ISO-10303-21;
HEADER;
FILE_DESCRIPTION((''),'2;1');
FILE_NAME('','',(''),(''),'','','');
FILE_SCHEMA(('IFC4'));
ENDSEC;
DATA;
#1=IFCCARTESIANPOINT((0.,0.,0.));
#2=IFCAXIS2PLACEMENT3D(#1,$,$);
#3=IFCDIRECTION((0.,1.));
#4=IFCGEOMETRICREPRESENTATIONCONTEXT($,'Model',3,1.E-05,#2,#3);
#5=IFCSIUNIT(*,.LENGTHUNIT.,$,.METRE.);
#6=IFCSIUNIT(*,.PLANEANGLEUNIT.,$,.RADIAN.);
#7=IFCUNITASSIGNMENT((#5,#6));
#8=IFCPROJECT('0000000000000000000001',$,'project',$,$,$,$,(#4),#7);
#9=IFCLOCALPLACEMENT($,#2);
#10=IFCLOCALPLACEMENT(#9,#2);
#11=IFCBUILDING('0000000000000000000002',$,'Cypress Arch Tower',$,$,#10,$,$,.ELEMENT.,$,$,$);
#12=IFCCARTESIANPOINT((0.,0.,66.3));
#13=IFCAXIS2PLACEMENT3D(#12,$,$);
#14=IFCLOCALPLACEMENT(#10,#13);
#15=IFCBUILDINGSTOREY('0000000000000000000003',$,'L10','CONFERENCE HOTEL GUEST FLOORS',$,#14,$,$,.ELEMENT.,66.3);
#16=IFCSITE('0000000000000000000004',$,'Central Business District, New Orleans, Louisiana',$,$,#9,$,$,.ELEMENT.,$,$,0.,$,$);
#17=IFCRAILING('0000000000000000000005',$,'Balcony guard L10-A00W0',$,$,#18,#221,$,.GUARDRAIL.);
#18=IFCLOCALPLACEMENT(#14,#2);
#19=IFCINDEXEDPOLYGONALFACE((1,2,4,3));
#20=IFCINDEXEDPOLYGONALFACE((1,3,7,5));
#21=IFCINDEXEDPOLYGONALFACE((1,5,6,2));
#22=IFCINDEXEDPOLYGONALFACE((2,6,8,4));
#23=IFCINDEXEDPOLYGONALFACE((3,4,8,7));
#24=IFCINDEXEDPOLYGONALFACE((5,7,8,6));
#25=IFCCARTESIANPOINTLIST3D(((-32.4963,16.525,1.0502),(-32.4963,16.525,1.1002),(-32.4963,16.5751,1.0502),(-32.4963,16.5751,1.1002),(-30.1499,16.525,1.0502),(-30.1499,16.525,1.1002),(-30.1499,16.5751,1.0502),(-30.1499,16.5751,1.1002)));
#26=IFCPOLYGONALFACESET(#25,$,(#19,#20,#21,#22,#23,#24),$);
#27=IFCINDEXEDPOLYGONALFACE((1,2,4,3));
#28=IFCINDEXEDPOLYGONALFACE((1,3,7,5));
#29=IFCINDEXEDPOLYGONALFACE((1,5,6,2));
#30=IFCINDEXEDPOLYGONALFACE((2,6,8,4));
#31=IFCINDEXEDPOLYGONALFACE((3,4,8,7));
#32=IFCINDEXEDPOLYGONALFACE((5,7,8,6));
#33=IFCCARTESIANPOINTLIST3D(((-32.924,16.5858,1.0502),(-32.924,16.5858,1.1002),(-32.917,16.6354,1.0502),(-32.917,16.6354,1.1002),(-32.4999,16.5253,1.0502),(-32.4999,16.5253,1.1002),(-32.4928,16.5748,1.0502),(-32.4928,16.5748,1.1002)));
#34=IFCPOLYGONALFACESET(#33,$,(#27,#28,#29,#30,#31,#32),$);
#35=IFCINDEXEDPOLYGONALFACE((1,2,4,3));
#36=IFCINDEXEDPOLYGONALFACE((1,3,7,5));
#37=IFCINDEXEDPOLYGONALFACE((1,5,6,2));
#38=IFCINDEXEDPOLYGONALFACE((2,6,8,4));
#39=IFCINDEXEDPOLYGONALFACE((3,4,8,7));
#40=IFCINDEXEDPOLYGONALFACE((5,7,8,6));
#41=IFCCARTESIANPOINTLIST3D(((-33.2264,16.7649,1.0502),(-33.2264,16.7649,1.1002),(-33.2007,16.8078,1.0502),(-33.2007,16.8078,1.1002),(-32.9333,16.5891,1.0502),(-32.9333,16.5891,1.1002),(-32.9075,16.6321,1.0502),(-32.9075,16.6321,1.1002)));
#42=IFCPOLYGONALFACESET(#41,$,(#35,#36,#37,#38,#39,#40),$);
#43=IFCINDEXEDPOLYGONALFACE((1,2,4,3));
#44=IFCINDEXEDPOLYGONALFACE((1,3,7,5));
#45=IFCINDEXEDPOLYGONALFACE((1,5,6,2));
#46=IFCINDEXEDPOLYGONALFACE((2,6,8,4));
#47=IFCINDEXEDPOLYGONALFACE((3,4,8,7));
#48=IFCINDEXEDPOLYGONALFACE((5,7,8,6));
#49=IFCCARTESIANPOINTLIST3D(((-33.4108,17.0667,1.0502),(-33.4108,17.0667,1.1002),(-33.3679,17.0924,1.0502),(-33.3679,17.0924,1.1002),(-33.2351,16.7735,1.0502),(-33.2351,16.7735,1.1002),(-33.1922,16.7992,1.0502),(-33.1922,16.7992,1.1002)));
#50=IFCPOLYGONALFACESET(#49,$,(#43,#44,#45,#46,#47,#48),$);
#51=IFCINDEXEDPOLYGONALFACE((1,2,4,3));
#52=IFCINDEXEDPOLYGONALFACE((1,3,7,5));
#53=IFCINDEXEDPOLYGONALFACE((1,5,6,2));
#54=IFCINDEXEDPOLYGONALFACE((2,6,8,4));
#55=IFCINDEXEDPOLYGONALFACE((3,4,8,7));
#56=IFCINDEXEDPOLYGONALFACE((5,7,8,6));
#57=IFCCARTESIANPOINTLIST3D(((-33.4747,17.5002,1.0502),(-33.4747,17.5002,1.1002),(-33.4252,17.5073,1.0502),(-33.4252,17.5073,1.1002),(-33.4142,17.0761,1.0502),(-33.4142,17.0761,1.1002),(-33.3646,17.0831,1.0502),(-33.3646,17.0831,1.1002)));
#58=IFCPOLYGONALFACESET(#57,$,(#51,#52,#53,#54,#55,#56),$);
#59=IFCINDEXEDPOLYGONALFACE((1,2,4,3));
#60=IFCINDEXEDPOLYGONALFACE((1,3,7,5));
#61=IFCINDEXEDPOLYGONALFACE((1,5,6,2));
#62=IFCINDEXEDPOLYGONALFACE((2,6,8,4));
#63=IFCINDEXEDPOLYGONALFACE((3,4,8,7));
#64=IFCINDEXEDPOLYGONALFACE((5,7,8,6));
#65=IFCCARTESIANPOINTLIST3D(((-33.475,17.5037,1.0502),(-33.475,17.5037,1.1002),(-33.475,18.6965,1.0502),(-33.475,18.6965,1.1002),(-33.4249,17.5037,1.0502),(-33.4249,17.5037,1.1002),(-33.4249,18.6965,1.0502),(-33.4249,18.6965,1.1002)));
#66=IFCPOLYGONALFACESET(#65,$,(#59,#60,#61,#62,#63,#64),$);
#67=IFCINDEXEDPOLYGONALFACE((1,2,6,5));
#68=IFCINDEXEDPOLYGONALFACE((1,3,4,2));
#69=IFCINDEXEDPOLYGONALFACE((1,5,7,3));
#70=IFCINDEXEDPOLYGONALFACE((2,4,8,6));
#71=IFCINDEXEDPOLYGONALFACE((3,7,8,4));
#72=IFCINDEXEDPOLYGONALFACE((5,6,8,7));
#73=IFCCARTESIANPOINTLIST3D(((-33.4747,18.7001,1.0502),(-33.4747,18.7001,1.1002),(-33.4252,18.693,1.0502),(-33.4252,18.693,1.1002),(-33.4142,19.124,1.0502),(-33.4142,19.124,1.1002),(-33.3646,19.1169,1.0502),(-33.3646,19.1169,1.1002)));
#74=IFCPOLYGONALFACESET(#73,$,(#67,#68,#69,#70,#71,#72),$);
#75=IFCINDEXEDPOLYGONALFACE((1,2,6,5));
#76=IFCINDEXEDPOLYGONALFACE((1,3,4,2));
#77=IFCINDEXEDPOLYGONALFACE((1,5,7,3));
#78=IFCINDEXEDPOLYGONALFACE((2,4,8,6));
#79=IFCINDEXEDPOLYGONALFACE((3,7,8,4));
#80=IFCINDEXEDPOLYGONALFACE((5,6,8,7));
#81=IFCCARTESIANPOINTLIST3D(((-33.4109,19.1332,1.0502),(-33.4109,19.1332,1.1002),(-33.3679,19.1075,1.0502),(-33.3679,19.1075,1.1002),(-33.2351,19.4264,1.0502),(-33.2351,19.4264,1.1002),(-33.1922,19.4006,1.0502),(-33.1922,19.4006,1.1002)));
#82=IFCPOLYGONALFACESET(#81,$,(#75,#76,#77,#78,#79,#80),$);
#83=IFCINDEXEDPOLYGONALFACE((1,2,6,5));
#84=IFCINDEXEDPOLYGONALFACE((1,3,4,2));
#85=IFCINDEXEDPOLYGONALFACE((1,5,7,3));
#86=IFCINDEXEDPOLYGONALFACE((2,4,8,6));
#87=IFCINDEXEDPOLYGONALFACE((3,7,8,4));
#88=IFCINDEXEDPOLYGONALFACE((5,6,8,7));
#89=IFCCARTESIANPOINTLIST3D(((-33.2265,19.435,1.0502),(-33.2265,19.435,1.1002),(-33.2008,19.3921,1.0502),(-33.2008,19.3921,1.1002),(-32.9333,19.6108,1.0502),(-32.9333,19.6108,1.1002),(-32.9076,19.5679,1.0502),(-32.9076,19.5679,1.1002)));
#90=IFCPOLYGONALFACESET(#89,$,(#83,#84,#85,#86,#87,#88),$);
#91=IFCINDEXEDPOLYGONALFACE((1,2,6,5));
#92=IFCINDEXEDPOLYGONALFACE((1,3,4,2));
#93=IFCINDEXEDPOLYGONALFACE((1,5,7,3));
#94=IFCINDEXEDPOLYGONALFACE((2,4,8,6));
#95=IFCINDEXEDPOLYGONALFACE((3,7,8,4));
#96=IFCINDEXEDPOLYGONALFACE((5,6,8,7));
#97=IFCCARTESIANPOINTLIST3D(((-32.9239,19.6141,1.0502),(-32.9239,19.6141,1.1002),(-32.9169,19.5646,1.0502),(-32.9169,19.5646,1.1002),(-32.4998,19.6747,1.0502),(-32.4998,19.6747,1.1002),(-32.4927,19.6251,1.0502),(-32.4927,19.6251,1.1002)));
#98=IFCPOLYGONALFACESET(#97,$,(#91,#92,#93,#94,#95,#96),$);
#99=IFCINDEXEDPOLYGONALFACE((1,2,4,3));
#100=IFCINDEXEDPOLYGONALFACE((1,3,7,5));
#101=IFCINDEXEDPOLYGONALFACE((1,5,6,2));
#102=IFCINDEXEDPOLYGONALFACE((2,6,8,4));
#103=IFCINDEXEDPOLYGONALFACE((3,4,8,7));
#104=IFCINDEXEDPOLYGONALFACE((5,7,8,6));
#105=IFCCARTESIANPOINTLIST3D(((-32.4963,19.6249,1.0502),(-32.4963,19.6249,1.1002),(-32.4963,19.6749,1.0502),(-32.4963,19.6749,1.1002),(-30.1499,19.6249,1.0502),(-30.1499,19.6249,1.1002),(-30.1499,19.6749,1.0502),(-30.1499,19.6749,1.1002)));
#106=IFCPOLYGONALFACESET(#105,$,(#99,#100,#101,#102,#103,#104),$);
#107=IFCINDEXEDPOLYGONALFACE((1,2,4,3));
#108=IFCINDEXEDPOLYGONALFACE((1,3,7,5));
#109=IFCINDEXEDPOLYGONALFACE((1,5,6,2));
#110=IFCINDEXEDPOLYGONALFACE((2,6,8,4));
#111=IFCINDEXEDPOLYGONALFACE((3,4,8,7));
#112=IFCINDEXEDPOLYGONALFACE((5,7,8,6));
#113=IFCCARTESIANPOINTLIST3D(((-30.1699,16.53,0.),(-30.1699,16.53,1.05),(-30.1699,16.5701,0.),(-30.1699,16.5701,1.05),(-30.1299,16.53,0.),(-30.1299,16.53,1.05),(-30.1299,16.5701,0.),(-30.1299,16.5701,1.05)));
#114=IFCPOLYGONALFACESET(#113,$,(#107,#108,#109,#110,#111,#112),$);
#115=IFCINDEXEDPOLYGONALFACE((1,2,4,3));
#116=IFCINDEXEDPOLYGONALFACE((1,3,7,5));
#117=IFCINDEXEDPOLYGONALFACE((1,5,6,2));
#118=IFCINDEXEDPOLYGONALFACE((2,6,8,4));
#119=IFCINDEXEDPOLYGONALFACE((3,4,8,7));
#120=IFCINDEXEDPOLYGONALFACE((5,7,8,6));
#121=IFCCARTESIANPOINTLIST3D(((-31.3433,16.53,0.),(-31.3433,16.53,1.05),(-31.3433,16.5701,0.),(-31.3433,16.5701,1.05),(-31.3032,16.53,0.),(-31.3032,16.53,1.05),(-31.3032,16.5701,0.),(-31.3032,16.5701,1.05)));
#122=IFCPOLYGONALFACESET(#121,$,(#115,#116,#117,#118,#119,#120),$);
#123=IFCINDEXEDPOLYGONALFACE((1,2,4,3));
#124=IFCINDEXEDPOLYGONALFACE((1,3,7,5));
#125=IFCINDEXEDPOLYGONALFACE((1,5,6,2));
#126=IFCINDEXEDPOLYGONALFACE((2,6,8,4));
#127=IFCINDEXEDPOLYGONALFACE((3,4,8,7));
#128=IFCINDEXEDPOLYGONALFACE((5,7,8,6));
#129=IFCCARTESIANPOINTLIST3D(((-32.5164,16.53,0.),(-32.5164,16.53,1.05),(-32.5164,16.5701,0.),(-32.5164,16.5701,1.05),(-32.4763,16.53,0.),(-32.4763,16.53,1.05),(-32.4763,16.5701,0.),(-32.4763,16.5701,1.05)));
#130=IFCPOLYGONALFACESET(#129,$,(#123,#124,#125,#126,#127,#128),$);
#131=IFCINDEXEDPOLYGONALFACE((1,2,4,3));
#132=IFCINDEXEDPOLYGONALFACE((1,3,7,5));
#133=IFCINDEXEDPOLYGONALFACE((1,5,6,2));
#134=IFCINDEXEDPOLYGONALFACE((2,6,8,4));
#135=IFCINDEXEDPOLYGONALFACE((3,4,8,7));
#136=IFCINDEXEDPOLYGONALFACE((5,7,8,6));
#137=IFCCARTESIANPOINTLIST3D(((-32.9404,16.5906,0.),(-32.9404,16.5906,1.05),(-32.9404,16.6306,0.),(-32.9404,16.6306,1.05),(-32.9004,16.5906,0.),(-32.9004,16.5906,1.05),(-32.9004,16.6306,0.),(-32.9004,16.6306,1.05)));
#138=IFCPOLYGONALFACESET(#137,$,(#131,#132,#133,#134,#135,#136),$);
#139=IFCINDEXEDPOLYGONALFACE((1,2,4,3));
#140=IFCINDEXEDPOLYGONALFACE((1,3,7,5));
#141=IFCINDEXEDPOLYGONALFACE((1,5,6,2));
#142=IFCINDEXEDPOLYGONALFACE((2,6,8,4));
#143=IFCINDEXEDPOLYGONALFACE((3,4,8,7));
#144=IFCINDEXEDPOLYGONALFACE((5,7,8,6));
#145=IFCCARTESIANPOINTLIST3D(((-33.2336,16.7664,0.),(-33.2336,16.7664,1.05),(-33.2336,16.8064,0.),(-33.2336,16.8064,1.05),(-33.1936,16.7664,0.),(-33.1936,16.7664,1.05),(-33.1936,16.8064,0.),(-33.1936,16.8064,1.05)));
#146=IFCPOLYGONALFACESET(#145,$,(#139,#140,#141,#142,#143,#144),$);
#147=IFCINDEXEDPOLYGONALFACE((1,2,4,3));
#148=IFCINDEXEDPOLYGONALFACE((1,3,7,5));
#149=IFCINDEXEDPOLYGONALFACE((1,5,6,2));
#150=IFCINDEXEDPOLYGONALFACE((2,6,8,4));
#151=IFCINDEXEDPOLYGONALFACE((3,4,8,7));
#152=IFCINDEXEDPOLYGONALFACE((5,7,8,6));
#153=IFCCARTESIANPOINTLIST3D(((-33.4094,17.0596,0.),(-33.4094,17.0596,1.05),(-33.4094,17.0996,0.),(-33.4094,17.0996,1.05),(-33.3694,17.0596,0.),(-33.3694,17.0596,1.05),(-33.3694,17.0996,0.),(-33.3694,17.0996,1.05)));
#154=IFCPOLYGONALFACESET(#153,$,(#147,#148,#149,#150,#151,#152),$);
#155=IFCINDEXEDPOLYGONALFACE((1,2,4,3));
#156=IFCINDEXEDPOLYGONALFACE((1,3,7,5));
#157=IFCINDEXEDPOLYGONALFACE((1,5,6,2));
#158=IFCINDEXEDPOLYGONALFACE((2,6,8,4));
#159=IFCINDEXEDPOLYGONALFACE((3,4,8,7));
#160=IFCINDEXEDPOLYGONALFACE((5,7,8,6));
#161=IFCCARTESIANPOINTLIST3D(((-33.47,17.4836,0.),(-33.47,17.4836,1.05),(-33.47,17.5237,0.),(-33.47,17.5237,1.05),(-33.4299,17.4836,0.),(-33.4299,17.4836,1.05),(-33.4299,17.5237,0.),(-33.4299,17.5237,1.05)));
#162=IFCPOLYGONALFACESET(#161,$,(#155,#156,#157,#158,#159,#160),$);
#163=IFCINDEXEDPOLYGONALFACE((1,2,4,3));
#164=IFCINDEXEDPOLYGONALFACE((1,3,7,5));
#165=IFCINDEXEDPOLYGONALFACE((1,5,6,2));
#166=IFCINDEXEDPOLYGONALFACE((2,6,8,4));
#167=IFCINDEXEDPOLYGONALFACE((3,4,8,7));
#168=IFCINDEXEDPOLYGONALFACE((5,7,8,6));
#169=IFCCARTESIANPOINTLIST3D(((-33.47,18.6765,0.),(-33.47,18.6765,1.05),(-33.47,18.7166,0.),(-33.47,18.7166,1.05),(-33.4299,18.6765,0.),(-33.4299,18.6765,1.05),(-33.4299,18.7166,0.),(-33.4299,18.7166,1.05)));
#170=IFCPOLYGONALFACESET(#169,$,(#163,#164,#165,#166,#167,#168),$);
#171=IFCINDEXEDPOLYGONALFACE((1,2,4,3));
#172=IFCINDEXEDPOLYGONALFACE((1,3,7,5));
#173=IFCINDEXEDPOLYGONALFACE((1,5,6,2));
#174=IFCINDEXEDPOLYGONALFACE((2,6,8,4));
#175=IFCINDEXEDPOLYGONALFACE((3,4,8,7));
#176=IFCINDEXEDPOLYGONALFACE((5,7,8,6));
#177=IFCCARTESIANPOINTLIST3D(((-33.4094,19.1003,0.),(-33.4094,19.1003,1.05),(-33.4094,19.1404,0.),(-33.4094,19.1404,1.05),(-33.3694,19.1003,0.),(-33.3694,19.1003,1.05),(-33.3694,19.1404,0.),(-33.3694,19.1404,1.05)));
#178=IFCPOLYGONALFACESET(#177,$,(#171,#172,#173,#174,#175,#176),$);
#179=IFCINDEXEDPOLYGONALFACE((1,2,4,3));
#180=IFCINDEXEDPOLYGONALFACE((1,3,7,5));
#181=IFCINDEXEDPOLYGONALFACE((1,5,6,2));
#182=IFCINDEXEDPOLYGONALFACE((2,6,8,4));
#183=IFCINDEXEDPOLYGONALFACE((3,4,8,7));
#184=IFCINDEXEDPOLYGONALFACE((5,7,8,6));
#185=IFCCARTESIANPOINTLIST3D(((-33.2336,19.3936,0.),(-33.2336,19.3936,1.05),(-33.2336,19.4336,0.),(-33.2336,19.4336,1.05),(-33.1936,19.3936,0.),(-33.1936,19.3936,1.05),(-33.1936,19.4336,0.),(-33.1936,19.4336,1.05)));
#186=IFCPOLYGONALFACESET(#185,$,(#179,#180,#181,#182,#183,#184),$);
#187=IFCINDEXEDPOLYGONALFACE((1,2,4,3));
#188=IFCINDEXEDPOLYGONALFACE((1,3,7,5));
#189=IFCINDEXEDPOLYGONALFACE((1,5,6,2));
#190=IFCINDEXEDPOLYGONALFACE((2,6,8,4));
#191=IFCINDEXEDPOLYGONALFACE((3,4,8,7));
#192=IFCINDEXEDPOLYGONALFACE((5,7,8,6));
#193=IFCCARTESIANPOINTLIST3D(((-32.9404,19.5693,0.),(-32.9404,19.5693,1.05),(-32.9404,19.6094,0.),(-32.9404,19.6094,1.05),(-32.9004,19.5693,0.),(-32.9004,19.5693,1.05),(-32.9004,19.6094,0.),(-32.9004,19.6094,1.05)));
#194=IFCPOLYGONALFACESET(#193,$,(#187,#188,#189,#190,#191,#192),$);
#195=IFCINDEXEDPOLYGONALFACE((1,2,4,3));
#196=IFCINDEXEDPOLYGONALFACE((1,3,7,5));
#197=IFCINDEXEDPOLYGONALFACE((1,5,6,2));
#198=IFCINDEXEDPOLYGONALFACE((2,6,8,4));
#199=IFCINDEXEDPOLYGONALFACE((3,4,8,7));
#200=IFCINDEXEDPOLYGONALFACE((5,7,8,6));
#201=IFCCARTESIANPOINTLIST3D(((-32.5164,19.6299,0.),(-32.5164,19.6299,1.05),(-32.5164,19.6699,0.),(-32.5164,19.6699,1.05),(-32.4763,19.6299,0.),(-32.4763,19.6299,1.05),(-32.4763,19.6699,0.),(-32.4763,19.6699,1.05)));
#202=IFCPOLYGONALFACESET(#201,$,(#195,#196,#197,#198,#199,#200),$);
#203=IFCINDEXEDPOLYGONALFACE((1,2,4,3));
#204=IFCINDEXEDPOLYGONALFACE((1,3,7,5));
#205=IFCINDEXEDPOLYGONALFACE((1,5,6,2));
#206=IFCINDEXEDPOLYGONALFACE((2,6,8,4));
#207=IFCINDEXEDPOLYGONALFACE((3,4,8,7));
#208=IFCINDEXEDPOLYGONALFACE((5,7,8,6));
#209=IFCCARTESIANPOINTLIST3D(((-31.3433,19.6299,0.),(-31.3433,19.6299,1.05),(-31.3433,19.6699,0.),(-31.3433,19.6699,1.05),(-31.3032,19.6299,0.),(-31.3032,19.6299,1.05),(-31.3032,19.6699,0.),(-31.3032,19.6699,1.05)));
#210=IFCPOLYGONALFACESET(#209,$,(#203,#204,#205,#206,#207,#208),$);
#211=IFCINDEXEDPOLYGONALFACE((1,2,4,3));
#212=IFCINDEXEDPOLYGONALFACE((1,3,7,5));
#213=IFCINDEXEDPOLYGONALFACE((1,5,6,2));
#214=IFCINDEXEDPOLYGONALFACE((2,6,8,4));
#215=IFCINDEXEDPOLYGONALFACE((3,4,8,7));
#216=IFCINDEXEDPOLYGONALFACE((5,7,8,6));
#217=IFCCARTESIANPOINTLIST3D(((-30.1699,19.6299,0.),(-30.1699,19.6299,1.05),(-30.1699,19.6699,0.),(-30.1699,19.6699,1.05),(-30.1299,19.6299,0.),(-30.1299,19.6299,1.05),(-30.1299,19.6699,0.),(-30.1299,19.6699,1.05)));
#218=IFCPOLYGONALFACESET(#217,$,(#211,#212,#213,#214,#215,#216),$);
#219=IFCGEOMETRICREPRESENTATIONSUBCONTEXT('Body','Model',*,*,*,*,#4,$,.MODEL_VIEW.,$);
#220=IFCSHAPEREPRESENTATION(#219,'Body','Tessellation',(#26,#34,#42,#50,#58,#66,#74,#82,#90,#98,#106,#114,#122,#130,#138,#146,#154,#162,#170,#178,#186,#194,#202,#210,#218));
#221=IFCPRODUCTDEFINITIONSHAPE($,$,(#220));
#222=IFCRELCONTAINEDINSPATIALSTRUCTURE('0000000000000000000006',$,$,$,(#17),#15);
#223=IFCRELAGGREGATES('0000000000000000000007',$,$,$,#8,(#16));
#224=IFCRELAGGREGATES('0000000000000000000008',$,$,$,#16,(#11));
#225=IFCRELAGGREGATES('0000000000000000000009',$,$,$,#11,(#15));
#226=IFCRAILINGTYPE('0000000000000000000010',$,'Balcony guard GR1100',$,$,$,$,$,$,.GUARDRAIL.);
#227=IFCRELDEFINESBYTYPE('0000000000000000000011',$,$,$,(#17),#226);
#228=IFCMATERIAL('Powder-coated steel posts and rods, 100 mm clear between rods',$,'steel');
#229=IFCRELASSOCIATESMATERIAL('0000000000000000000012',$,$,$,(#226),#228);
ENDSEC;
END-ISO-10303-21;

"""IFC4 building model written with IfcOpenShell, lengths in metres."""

from ifc_helpers import new_model, si_unit, direction, frame, origin, origin_2d, place, context, subcontext, project, spatial, rectangle, extrude, material, type_object, element, save


model = new_model("IFC4")

# Units and contexts
model_context = context("Model", 3, precision=1e-05, world=origin(), true_north=direction((0.0, 1.0)))
body_context = subcontext(model_context, "Body", "Model", "MODEL_VIEW")
ifc_project = project(units=[si_unit("LENGTHUNIT", "METRE"), si_unit("PLANEANGLEUNIT", "RADIAN")], contexts=[model_context])

# Site, building, storey
site_placement = place(None, origin())
site = spatial("IfcSite", under=ifc_project, at=site_placement, Name="Central Business District, New Orleans, Louisiana", CompositionType="ELEMENT", RefElevation=0.0)
building_placement = place(site_placement, origin())
building = spatial("IfcBuilding", under=site, at=building_placement, Name="Cypress Arch Tower", CompositionType="ELEMENT")
storey_placement = place(building_placement, frame((0.0, 0.0, 66.3)))
storey = spatial("IfcBuildingStorey", under=building, at=storey_placement, Name="L10", Description="CONFERENCE HOTEL GUEST FLOORS", CompositionType="ELEMENT", Elevation=66.3)

# Railing
ifc_material_1 = material(Name="Powder-coated steel posts and rods, 100 mm clear between rods", Category="steel")
railing_type_1 = type_object("IfcRailingType", Name="Balcony guard GR1100", PredefinedType="GUARDRAIL", material=ifc_material_1)
railing_1_placement = place(storey_placement, frame((-30.1499, 16.55, 0.0)))
element("IfcRailing", 1, at=railing_1_placement, inside=storey, type_object=railing_type_1, Name="Balcony guard L10-A00W0", PredefinedType="GUARDRAIL", context=body_context, shape_type="SweptSolid", body=[
    extrude(rectangle(XDim=0.05, YDim=0.05, at=origin_2d()), frame((0.0, 0.0, 1.0752), z_axis=(-1.0, 0.0, 0.0), x_axis=(0.0, -1.0, 0.0)), (0.0, 0.0, 1.0), 2.3464),
    extrude(rectangle(XDim=0.05, YDim=0.05, at=origin_2d()), frame((-2.3464, 0.0, 1.0752), z_axis=(-0.989961, 0.141342, 0.0), x_axis=(-0.141342, -0.989961, 0.0)), (0.0, 0.0, 1.0), 0.4285),
    extrude(rectangle(XDim=0.05, YDim=0.05, at=origin_2d()), frame((-2.7705, 0.0605, 1.0752), z_axis=(-0.857682, 0.514181, 0.0), x_axis=(-0.514181, -0.857682, 0.0)), (0.0, 0.0, 1.0), 0.3418),
    extrude(rectangle(XDim=0.05, YDim=0.05, at=origin_2d()), frame((-3.0637, 0.2363, 1.0752), z_axis=(-0.514181, 0.857682, 0.0), x_axis=(-0.857682, -0.514181, 0.0)), (0.0, 0.0, 1.0), 0.3418),
    extrude(rectangle(XDim=0.05, YDim=0.05, at=origin_2d()), frame((-3.2395, 0.5295, 1.0752), z_axis=(-0.141342, 0.989961, 0.0), x_axis=(-0.989961, -0.141342, 0.0)), (0.0, 0.0, 1.0), 0.4285),
    extrude(rectangle(XDim=0.05, YDim=0.05, at=origin_2d()), frame((-3.3, 0.9536, 1.0752), z_axis=(0.0, 1.0, 0.0), x_axis=(-1.0, 0.0, 0.0)), (0.0, 0.0, 1.0), 1.1929),
    extrude(rectangle(XDim=0.05, YDim=0.05, at=origin_2d()), frame((-3.3, 2.1465, 1.0752), z_axis=(0.141421, 0.989949, 0.0), x_axis=(-0.989949, 0.141421, 0.0)), (0.0, 0.0, 1.0), 0.4282),
    extrude(rectangle(XDim=0.05, YDim=0.05, at=origin_2d()), frame((-3.2395, 2.5703, 1.0752), z_axis=(0.514181, 0.857682, 0.0), x_axis=(-0.857682, 0.514181, 0.0)), (0.0, 0.0, 1.0), 0.3418),
    extrude(rectangle(XDim=0.05, YDim=0.05, at=origin_2d()), frame((-3.0637, 2.8635, 1.0752), z_axis=(0.857682, 0.514181, 0.0), x_axis=(-0.514181, 0.857682, 0.0)), (0.0, 0.0, 1.0), 0.3418),
    extrude(rectangle(XDim=0.05, YDim=0.05, at=origin_2d()), frame((-2.7705, 3.0393, 1.0752), z_axis=(0.989961, 0.141342, 0.0), x_axis=(-0.141342, 0.989961, 0.0)), (0.0, 0.0, 1.0), 0.4285),
    extrude(rectangle(XDim=0.05, YDim=0.05, at=origin_2d()), frame((-2.3464, 3.0999, 1.0752), z_axis=(1.0, 0.0, 0.0), x_axis=(0.0, 1.0, 0.0)), (0.0, 0.0, 1.0), 2.3464),
    extrude(rectangle(XDim=0.04, YDim=0.04, at=origin_2d()), origin(), (0.0, 0.0, 1.0), 1.05),
    extrude(rectangle(XDim=0.04, YDim=0.04, at=origin_2d()), frame((-1.1733, 0.0, 0.0)), (0.0, 0.0, 1.0), 1.05),
    extrude(rectangle(XDim=0.04, YDim=0.04, at=origin_2d()), frame((-2.3464, 0.0, 0.0)), (0.0, 0.0, 1.0), 1.05),
    extrude(rectangle(XDim=0.04, YDim=0.04, at=origin_2d()), frame((-2.7705, 0.0605, 0.0)), (0.0, 0.0, 1.0), 1.05),
    extrude(rectangle(XDim=0.04, YDim=0.04, at=origin_2d()), frame((-3.0637, 0.2363, 0.0)), (0.0, 0.0, 1.0), 1.05),
    extrude(rectangle(XDim=0.04, YDim=0.04, at=origin_2d()), frame((-3.2395, 0.5295, 0.0)), (0.0, 0.0, 1.0), 1.05),
    extrude(rectangle(XDim=0.04, YDim=0.04, at=origin_2d()), frame((-3.3, 0.9536, 0.0)), (0.0, 0.0, 1.0), 1.05),
    extrude(rectangle(XDim=0.04, YDim=0.04, at=origin_2d()), frame((-3.3, 2.1465, 0.0)), (0.0, 0.0, 1.0), 1.05),
    extrude(rectangle(XDim=0.04, YDim=0.04, at=origin_2d()), frame((-3.2395, 2.5703, 0.0)), (0.0, 0.0, 1.0), 1.05),
    extrude(rectangle(XDim=0.04, YDim=0.04, at=origin_2d()), frame((-3.0637, 2.8635, 0.0)), (0.0, 0.0, 1.0), 1.05),
    extrude(rectangle(XDim=0.04, YDim=0.04, at=origin_2d()), frame((-2.7705, 3.0393, 0.0)), (0.0, 0.0, 1.0), 1.05),
    extrude(rectangle(XDim=0.04, YDim=0.04, at=origin_2d()), frame((-2.3464, 3.0999, 0.0)), (0.0, 0.0, 1.0), 1.05),
    extrude(rectangle(XDim=0.04, YDim=0.04, at=origin_2d()), frame((-1.1733, 3.0999, 0.0)), (0.0, 0.0, 1.0), 1.05),
    extrude(rectangle(XDim=0.04, YDim=0.04, at=origin_2d()), frame((0.0, 3.0999, 0.0)), (0.0, 0.0, 1.0), 1.05),
])

save(model, "model.ifc")
